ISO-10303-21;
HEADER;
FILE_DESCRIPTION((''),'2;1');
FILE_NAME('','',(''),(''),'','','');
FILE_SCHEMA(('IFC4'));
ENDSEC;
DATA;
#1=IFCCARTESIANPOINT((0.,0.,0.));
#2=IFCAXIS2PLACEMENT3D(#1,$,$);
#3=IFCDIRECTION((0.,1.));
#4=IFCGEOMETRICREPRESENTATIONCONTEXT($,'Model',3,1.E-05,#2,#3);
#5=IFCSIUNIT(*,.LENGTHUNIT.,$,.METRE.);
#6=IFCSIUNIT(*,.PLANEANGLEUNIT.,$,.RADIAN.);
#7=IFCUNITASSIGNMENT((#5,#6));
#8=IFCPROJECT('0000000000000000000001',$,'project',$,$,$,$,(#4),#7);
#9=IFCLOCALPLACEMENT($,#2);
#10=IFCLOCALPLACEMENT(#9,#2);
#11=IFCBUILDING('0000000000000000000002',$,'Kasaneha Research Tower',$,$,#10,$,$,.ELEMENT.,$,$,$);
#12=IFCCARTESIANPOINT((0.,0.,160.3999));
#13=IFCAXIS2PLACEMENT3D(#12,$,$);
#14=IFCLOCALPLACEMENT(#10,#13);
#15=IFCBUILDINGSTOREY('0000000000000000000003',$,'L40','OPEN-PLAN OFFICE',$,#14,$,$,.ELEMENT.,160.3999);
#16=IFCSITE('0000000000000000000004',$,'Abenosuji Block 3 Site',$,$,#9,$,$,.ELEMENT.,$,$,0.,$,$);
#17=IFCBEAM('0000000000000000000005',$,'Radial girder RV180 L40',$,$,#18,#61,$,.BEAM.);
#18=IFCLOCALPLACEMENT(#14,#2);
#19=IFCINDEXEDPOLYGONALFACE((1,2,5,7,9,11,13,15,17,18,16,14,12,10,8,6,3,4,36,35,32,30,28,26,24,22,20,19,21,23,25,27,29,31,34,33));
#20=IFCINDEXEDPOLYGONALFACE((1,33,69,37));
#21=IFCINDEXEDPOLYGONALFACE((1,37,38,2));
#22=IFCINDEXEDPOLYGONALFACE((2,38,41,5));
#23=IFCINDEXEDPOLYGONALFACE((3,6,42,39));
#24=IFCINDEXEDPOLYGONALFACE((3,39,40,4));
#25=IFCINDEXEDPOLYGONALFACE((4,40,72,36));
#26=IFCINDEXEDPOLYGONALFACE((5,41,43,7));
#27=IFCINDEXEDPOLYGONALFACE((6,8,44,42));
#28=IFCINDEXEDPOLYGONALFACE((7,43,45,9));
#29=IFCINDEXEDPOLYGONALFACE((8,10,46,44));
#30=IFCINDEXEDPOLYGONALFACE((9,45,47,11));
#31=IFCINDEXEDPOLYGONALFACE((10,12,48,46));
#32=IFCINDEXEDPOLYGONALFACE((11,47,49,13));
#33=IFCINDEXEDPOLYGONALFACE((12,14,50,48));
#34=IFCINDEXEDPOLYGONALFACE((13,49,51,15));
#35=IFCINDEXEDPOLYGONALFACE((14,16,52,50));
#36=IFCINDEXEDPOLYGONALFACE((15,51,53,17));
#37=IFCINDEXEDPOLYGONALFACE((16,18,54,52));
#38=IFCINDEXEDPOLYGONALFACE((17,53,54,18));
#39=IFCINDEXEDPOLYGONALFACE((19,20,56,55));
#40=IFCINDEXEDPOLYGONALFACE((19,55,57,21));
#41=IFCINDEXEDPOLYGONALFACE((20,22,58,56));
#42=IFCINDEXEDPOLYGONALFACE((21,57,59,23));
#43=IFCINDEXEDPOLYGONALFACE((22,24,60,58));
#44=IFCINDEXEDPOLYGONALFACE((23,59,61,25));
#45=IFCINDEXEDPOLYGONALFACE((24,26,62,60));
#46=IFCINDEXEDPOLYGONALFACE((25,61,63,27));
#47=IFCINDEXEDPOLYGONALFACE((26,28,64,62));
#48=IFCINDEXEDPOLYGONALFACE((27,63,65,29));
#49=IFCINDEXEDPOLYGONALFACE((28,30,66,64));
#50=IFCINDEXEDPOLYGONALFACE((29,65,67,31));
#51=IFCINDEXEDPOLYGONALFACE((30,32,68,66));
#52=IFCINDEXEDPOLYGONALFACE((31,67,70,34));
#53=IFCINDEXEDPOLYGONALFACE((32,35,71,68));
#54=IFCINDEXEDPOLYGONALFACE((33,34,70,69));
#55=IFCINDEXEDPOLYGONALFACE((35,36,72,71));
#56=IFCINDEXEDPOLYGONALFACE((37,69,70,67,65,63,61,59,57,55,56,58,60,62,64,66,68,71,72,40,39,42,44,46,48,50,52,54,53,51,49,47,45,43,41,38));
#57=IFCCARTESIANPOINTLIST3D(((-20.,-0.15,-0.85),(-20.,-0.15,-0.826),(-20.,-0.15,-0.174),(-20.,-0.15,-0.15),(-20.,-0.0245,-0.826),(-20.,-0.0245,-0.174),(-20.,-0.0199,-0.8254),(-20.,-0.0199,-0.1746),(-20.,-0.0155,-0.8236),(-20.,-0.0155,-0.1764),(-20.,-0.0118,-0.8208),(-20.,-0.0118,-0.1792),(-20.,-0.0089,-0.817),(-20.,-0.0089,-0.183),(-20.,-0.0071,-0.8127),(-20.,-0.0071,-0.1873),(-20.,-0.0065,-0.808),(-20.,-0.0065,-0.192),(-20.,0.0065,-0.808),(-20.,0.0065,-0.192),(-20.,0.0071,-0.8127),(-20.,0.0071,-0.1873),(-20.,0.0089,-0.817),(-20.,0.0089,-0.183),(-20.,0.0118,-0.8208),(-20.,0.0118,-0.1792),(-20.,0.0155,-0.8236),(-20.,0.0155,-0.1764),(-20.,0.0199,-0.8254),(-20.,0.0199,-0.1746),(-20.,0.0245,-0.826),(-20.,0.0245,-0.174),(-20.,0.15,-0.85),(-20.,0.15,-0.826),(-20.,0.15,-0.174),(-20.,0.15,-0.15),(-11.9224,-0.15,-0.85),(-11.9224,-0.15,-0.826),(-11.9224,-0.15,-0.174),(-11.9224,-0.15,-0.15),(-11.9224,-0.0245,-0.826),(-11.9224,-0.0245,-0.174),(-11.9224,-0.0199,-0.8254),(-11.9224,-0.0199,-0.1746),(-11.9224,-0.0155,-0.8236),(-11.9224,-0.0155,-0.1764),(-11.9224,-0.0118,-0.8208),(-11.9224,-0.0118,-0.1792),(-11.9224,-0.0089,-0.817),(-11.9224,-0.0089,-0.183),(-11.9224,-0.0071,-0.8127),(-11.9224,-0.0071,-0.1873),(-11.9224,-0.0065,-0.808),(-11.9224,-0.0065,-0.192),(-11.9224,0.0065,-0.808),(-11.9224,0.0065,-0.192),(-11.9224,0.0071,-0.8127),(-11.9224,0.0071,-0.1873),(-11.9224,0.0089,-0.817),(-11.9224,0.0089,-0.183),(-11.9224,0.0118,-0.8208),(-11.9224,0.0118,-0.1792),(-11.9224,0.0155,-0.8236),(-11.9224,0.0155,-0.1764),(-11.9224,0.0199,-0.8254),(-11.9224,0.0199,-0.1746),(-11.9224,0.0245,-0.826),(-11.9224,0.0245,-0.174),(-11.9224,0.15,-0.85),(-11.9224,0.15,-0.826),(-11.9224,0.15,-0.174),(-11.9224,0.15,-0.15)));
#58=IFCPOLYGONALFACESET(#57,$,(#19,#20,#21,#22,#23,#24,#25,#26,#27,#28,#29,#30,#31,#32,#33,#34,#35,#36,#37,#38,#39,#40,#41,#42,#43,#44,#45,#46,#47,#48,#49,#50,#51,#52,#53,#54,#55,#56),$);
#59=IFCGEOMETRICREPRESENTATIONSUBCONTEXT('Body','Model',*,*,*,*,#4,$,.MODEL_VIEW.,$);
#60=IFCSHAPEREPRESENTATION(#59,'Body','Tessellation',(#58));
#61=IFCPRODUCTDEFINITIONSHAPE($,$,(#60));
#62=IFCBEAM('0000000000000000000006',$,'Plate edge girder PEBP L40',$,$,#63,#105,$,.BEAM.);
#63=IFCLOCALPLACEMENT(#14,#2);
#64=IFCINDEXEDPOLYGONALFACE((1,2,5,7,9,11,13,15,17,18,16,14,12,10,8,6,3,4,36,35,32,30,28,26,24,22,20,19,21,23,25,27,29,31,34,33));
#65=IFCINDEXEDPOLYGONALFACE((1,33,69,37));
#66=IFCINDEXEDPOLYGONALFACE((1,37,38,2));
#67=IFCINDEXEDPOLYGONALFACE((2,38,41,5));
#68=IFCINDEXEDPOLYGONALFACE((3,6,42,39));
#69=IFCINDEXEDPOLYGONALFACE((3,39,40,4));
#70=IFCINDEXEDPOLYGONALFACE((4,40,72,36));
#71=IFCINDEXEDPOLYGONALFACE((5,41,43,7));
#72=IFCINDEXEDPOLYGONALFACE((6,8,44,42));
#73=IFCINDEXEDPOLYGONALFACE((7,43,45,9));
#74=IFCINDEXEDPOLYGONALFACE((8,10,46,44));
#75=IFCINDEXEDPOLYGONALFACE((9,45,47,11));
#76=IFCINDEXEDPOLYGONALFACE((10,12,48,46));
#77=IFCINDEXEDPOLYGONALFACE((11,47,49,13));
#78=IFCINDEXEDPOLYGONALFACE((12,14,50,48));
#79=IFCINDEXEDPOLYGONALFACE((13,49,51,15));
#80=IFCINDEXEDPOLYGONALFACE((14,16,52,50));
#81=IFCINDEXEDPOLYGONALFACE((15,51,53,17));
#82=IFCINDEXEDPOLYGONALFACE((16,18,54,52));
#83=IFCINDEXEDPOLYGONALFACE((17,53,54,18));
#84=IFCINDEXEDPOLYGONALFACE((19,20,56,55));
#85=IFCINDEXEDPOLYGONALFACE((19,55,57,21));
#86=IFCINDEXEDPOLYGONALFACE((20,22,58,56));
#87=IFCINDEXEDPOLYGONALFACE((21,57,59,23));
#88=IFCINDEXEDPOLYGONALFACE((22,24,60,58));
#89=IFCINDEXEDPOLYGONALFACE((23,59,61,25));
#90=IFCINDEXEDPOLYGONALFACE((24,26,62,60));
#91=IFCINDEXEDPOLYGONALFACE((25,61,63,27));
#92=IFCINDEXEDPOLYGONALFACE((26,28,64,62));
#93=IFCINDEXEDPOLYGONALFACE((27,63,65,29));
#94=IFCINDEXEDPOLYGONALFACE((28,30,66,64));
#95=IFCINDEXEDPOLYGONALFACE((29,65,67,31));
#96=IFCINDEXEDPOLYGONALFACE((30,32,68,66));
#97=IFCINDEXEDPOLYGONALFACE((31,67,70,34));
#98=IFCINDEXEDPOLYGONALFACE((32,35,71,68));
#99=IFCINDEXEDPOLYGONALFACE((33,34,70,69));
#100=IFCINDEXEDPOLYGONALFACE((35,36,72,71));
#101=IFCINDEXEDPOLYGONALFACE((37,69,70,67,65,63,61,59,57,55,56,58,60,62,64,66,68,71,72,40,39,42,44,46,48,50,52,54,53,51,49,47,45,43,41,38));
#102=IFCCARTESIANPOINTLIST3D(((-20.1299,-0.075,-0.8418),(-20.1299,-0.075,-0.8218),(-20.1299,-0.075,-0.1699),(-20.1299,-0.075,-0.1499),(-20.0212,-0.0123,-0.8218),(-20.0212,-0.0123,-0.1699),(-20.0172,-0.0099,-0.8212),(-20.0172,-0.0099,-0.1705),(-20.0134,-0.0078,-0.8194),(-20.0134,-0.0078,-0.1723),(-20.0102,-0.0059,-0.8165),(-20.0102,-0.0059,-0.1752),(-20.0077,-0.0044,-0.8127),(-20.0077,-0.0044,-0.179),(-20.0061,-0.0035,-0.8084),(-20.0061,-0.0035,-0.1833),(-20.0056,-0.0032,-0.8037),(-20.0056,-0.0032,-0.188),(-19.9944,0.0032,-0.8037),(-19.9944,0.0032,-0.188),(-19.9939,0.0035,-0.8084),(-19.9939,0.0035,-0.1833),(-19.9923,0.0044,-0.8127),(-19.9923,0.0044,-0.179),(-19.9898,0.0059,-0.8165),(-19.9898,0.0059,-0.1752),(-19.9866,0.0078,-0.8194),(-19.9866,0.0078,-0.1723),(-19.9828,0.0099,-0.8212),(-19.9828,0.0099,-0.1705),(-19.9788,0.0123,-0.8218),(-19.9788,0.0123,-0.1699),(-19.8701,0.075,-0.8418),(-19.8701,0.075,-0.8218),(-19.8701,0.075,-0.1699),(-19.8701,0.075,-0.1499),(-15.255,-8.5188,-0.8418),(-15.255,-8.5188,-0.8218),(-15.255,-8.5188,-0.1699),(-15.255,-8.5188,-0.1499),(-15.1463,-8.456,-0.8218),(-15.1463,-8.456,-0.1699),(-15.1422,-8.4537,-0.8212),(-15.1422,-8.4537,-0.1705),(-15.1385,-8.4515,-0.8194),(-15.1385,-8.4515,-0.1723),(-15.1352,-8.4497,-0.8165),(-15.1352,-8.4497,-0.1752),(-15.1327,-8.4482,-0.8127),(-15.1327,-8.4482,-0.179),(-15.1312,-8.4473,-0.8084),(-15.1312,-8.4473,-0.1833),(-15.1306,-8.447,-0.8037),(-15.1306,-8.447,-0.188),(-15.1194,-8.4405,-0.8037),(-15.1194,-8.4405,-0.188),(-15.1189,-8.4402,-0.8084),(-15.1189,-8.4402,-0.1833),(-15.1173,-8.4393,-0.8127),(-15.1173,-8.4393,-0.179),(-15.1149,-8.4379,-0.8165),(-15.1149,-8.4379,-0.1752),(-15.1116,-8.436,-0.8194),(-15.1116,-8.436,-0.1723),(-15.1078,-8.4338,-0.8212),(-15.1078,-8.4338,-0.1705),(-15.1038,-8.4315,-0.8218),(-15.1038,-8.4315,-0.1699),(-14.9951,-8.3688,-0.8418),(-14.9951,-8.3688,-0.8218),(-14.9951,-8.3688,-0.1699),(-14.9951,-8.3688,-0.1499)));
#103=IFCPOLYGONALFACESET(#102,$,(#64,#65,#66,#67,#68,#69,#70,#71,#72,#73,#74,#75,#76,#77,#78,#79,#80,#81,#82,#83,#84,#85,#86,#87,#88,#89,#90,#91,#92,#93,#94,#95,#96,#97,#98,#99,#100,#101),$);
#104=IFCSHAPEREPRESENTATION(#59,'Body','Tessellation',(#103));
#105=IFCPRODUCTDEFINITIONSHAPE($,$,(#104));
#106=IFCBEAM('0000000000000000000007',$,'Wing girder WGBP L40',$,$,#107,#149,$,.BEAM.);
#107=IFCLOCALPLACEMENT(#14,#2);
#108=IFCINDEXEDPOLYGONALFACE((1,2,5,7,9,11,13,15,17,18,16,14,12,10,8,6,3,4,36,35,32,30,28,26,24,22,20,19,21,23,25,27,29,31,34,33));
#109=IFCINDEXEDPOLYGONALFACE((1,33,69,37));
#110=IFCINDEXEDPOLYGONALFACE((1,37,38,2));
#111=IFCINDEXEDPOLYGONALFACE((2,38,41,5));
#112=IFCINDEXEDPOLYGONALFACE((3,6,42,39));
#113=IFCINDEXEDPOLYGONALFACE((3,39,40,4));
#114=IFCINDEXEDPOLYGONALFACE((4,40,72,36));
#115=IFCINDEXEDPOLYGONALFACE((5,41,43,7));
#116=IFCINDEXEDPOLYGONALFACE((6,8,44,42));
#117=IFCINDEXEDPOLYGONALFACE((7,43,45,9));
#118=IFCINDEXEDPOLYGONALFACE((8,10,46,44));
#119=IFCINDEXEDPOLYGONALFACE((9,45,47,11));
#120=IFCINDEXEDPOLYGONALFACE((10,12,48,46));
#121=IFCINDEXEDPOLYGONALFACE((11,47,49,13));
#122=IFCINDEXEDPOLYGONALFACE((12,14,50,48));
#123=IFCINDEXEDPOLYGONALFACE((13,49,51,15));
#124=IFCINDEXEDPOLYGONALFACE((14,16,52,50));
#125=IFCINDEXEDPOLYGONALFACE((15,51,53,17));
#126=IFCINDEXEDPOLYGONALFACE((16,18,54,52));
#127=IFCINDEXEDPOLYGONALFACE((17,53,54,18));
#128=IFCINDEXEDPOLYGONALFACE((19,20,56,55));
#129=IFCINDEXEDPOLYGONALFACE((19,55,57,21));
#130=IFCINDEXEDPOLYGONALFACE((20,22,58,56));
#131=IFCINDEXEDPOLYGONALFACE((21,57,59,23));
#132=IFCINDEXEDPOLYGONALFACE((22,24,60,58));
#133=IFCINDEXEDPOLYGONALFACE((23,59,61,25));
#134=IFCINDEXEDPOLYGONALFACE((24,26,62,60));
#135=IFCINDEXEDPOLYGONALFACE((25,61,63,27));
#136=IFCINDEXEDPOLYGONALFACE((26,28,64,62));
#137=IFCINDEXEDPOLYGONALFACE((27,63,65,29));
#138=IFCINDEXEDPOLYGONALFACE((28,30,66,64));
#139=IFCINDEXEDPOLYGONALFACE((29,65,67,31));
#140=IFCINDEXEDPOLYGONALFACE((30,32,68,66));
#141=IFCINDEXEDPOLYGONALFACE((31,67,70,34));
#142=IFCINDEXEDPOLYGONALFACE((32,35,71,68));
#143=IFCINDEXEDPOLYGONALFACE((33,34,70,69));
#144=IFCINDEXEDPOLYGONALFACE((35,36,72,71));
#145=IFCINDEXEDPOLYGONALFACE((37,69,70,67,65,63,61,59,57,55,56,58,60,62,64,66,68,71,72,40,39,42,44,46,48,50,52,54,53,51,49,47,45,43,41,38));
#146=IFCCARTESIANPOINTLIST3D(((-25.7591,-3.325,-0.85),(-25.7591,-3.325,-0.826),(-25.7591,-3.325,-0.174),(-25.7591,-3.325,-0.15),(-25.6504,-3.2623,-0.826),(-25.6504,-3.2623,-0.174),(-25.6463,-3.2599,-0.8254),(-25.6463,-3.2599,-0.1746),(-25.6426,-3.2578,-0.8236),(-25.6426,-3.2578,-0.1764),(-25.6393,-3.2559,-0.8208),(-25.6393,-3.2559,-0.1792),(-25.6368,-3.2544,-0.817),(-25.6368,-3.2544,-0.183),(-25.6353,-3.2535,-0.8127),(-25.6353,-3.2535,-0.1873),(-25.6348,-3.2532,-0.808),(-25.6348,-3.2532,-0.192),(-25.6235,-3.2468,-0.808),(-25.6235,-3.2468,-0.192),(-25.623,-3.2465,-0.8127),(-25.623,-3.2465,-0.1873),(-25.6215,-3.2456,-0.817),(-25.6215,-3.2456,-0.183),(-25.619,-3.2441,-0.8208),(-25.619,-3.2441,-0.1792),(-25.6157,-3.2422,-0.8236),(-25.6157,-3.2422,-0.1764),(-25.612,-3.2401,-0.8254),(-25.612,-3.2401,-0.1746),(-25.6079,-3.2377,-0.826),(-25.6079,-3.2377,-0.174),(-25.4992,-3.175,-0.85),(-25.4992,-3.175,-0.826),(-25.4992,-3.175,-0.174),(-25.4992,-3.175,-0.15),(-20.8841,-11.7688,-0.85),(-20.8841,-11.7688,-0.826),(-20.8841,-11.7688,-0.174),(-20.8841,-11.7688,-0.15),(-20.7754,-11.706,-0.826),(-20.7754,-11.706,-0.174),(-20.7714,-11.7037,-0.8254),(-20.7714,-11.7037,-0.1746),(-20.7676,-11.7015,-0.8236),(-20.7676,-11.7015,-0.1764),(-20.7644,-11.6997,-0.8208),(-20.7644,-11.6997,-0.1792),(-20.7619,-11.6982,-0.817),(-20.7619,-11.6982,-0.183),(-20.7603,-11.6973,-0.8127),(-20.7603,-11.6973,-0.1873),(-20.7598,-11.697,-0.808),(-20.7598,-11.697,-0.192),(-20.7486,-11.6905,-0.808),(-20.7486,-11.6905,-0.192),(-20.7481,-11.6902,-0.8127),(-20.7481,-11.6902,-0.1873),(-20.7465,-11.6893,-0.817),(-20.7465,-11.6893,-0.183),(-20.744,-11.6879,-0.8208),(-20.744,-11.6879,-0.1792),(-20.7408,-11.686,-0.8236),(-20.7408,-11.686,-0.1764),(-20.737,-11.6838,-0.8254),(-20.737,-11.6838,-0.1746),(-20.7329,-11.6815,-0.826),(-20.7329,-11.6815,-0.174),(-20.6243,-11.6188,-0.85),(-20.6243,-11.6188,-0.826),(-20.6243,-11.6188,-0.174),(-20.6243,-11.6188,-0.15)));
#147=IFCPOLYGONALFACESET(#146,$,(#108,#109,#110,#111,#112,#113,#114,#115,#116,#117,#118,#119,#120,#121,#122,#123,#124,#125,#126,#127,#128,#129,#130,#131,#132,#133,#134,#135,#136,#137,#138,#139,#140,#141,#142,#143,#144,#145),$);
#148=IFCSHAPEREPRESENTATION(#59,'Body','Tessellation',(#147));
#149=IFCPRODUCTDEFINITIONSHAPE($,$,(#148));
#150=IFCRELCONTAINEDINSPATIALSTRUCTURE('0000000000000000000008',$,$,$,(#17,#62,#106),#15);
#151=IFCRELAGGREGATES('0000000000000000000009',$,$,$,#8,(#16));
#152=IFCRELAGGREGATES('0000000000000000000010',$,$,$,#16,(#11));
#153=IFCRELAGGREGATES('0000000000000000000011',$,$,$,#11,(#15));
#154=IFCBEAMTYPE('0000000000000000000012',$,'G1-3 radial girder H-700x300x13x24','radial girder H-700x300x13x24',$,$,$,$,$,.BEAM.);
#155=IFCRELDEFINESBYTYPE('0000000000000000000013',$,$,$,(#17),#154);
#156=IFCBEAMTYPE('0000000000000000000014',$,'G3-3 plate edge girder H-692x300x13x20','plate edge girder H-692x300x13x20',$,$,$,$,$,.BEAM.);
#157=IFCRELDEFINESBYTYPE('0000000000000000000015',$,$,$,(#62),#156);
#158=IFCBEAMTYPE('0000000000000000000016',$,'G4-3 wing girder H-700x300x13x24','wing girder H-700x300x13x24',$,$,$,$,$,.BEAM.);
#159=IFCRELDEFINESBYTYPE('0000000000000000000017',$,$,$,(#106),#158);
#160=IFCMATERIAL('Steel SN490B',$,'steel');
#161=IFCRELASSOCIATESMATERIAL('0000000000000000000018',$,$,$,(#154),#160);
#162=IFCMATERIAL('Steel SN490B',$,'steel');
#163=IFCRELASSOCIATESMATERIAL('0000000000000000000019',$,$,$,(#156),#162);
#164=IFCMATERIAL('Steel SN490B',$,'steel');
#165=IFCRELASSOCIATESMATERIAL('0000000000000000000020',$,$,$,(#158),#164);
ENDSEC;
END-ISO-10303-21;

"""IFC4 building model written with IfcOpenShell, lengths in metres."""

from ifc_helpers import new_model, si_unit, direction, frame, origin, origin_2d, place, context, subcontext, project, spatial, i_section, extrude, material, material_profile, profile_set, type_object, element, save


model = new_model("IFC4")

# Units and contexts
model_context = context("Model", 3, precision=1e-05, world=origin(), true_north=direction((0.0, 1.0)))
body_context = subcontext(model_context, "Body", "Model", "MODEL_VIEW")
ifc_project = project(units=[si_unit("LENGTHUNIT", "METRE"), si_unit("PLANEANGLEUNIT", "RADIAN")], contexts=[model_context])

# Site, building, storey
site_placement = place(None, origin())
site = spatial("IfcSite", under=ifc_project, at=site_placement, Name="Abenosuji Block 3 Site", CompositionType="ELEMENT", RefElevation=0.0)
building_placement = place(site_placement, origin())
building = spatial("IfcBuilding", under=site, at=building_placement, Name="Kasaneha Research Tower", CompositionType="ELEMENT")
storey_placement = place(building_placement, frame((0.0, 0.0, 160.3999)))
storey = spatial("IfcBuildingStorey", under=building, at=storey_placement, Name="L40", Description="OPEN-PLAN OFFICE", CompositionType="ELEMENT", Elevation=160.3999)

# Beams
ifc_material_1 = material(Name="Steel SN490B", Category="steel")
ifc_material_profile_1 = material_profile(ifc_material_1, i_section(OverallWidth=0.3, OverallDepth=0.7, WebThickness=0.0129, FlangeThickness=0.0239, FilletRadius=0.0181, at=origin_2d()), Name="H-700x300x13x24")
ifc_profile_set_1 = profile_set([ifc_material_profile_1], Name="Steel SN490B")
beam_type_1 = type_object("IfcBeamType", Name="G1-3 radial girder H-700x300x13x24", Description="radial girder H-700x300x13x24", PredefinedType="BEAM", material=ifc_profile_set_1)
beam_1_placement = place(storey_placement, frame((-11.9224, 0.0, -0.5), z_axis=(-1.0, 0.0, 0.0), x_axis=(0.0, -1.0, 0.0)))
element("IfcBeam", 1, at=beam_1_placement, inside=storey, type_object=beam_type_1, Name="Radial girder RV180 L40", PredefinedType="BEAM", context=body_context, shape_type="SweptSolid", body=[
    extrude(i_section(OverallWidth=0.3, OverallDepth=0.7, WebThickness=0.0129, FlangeThickness=0.0239, FilletRadius=0.0181, at=origin_2d()), origin(), (0.0, 0.0, 1.0), 8.0776),
])
ifc_material_2 = material(Name="Steel SN490B", Category="steel")
ifc_material_profile_2 = material_profile(ifc_material_2, i_section(OverallWidth=0.3, OverallDepth=0.6919, WebThickness=0.0129, FlangeThickness=0.02, FilletRadius=0.0181, at=origin_2d()), Name="H-692x300x13x20")
ifc_profile_set_2 = profile_set([ifc_material_profile_2], Name="Steel SN490B")
beam_type_2 = type_object("IfcBeamType", Name="G3-3 plate edge girder H-692x300x13x20", Description="plate edge girder H-692x300x13x20", PredefinedType="BEAM", material=ifc_profile_set_2)
beam_2_placement = place(storey_placement, frame((-20.0, 0.0, -0.4958), z_axis=(0.499996, -0.866028, 0.0), x_axis=(0.866028, 0.499996, 0.0)))
element("IfcBeam", 2, at=beam_2_placement, inside=storey, type_object=beam_type_2, Name="Plate edge girder PEBP L40", PredefinedType="BEAM", context=body_context, shape_type="SweptSolid", body=[
    extrude(i_section(OverallWidth=0.3, OverallDepth=0.6919, WebThickness=0.0129, FlangeThickness=0.02, FilletRadius=0.0181, at=origin_2d()), origin(), (0.0, 0.0, 1.0), 9.75),
])
ifc_material_3 = material(Name="Steel SN490B", Category="steel")
ifc_material_profile_3 = material_profile(ifc_material_3, i_section(OverallWidth=0.3, OverallDepth=0.7, WebThickness=0.0129, FlangeThickness=0.0239, FilletRadius=0.0181, at=origin_2d()), Name="H-700x300x13x24")
ifc_profile_set_3 = profile_set([ifc_material_profile_3], Name="Steel SN490B")
beam_type_3 = type_object("IfcBeamType", Name="G4-3 wing girder H-700x300x13x24", Description="wing girder H-700x300x13x24", PredefinedType="BEAM", material=ifc_profile_set_3)
beam_3_placement = place(storey_placement, frame((-25.6292, -3.25, -0.5), z_axis=(0.499996, -0.866028, 0.0), x_axis=(0.866028, 0.499996, 0.0)))
element("IfcBeam", 3, at=beam_3_placement, inside=storey, type_object=beam_type_3, Name="Wing girder WGBP L40", PredefinedType="BEAM", context=body_context, shape_type="SweptSolid", body=[
    extrude(i_section(OverallWidth=0.3, OverallDepth=0.7, WebThickness=0.0129, FlangeThickness=0.0239, FilletRadius=0.0181, at=origin_2d()), origin(), (0.0, 0.0, 1.0), 9.75),
])

save(model, "model.ifc")
